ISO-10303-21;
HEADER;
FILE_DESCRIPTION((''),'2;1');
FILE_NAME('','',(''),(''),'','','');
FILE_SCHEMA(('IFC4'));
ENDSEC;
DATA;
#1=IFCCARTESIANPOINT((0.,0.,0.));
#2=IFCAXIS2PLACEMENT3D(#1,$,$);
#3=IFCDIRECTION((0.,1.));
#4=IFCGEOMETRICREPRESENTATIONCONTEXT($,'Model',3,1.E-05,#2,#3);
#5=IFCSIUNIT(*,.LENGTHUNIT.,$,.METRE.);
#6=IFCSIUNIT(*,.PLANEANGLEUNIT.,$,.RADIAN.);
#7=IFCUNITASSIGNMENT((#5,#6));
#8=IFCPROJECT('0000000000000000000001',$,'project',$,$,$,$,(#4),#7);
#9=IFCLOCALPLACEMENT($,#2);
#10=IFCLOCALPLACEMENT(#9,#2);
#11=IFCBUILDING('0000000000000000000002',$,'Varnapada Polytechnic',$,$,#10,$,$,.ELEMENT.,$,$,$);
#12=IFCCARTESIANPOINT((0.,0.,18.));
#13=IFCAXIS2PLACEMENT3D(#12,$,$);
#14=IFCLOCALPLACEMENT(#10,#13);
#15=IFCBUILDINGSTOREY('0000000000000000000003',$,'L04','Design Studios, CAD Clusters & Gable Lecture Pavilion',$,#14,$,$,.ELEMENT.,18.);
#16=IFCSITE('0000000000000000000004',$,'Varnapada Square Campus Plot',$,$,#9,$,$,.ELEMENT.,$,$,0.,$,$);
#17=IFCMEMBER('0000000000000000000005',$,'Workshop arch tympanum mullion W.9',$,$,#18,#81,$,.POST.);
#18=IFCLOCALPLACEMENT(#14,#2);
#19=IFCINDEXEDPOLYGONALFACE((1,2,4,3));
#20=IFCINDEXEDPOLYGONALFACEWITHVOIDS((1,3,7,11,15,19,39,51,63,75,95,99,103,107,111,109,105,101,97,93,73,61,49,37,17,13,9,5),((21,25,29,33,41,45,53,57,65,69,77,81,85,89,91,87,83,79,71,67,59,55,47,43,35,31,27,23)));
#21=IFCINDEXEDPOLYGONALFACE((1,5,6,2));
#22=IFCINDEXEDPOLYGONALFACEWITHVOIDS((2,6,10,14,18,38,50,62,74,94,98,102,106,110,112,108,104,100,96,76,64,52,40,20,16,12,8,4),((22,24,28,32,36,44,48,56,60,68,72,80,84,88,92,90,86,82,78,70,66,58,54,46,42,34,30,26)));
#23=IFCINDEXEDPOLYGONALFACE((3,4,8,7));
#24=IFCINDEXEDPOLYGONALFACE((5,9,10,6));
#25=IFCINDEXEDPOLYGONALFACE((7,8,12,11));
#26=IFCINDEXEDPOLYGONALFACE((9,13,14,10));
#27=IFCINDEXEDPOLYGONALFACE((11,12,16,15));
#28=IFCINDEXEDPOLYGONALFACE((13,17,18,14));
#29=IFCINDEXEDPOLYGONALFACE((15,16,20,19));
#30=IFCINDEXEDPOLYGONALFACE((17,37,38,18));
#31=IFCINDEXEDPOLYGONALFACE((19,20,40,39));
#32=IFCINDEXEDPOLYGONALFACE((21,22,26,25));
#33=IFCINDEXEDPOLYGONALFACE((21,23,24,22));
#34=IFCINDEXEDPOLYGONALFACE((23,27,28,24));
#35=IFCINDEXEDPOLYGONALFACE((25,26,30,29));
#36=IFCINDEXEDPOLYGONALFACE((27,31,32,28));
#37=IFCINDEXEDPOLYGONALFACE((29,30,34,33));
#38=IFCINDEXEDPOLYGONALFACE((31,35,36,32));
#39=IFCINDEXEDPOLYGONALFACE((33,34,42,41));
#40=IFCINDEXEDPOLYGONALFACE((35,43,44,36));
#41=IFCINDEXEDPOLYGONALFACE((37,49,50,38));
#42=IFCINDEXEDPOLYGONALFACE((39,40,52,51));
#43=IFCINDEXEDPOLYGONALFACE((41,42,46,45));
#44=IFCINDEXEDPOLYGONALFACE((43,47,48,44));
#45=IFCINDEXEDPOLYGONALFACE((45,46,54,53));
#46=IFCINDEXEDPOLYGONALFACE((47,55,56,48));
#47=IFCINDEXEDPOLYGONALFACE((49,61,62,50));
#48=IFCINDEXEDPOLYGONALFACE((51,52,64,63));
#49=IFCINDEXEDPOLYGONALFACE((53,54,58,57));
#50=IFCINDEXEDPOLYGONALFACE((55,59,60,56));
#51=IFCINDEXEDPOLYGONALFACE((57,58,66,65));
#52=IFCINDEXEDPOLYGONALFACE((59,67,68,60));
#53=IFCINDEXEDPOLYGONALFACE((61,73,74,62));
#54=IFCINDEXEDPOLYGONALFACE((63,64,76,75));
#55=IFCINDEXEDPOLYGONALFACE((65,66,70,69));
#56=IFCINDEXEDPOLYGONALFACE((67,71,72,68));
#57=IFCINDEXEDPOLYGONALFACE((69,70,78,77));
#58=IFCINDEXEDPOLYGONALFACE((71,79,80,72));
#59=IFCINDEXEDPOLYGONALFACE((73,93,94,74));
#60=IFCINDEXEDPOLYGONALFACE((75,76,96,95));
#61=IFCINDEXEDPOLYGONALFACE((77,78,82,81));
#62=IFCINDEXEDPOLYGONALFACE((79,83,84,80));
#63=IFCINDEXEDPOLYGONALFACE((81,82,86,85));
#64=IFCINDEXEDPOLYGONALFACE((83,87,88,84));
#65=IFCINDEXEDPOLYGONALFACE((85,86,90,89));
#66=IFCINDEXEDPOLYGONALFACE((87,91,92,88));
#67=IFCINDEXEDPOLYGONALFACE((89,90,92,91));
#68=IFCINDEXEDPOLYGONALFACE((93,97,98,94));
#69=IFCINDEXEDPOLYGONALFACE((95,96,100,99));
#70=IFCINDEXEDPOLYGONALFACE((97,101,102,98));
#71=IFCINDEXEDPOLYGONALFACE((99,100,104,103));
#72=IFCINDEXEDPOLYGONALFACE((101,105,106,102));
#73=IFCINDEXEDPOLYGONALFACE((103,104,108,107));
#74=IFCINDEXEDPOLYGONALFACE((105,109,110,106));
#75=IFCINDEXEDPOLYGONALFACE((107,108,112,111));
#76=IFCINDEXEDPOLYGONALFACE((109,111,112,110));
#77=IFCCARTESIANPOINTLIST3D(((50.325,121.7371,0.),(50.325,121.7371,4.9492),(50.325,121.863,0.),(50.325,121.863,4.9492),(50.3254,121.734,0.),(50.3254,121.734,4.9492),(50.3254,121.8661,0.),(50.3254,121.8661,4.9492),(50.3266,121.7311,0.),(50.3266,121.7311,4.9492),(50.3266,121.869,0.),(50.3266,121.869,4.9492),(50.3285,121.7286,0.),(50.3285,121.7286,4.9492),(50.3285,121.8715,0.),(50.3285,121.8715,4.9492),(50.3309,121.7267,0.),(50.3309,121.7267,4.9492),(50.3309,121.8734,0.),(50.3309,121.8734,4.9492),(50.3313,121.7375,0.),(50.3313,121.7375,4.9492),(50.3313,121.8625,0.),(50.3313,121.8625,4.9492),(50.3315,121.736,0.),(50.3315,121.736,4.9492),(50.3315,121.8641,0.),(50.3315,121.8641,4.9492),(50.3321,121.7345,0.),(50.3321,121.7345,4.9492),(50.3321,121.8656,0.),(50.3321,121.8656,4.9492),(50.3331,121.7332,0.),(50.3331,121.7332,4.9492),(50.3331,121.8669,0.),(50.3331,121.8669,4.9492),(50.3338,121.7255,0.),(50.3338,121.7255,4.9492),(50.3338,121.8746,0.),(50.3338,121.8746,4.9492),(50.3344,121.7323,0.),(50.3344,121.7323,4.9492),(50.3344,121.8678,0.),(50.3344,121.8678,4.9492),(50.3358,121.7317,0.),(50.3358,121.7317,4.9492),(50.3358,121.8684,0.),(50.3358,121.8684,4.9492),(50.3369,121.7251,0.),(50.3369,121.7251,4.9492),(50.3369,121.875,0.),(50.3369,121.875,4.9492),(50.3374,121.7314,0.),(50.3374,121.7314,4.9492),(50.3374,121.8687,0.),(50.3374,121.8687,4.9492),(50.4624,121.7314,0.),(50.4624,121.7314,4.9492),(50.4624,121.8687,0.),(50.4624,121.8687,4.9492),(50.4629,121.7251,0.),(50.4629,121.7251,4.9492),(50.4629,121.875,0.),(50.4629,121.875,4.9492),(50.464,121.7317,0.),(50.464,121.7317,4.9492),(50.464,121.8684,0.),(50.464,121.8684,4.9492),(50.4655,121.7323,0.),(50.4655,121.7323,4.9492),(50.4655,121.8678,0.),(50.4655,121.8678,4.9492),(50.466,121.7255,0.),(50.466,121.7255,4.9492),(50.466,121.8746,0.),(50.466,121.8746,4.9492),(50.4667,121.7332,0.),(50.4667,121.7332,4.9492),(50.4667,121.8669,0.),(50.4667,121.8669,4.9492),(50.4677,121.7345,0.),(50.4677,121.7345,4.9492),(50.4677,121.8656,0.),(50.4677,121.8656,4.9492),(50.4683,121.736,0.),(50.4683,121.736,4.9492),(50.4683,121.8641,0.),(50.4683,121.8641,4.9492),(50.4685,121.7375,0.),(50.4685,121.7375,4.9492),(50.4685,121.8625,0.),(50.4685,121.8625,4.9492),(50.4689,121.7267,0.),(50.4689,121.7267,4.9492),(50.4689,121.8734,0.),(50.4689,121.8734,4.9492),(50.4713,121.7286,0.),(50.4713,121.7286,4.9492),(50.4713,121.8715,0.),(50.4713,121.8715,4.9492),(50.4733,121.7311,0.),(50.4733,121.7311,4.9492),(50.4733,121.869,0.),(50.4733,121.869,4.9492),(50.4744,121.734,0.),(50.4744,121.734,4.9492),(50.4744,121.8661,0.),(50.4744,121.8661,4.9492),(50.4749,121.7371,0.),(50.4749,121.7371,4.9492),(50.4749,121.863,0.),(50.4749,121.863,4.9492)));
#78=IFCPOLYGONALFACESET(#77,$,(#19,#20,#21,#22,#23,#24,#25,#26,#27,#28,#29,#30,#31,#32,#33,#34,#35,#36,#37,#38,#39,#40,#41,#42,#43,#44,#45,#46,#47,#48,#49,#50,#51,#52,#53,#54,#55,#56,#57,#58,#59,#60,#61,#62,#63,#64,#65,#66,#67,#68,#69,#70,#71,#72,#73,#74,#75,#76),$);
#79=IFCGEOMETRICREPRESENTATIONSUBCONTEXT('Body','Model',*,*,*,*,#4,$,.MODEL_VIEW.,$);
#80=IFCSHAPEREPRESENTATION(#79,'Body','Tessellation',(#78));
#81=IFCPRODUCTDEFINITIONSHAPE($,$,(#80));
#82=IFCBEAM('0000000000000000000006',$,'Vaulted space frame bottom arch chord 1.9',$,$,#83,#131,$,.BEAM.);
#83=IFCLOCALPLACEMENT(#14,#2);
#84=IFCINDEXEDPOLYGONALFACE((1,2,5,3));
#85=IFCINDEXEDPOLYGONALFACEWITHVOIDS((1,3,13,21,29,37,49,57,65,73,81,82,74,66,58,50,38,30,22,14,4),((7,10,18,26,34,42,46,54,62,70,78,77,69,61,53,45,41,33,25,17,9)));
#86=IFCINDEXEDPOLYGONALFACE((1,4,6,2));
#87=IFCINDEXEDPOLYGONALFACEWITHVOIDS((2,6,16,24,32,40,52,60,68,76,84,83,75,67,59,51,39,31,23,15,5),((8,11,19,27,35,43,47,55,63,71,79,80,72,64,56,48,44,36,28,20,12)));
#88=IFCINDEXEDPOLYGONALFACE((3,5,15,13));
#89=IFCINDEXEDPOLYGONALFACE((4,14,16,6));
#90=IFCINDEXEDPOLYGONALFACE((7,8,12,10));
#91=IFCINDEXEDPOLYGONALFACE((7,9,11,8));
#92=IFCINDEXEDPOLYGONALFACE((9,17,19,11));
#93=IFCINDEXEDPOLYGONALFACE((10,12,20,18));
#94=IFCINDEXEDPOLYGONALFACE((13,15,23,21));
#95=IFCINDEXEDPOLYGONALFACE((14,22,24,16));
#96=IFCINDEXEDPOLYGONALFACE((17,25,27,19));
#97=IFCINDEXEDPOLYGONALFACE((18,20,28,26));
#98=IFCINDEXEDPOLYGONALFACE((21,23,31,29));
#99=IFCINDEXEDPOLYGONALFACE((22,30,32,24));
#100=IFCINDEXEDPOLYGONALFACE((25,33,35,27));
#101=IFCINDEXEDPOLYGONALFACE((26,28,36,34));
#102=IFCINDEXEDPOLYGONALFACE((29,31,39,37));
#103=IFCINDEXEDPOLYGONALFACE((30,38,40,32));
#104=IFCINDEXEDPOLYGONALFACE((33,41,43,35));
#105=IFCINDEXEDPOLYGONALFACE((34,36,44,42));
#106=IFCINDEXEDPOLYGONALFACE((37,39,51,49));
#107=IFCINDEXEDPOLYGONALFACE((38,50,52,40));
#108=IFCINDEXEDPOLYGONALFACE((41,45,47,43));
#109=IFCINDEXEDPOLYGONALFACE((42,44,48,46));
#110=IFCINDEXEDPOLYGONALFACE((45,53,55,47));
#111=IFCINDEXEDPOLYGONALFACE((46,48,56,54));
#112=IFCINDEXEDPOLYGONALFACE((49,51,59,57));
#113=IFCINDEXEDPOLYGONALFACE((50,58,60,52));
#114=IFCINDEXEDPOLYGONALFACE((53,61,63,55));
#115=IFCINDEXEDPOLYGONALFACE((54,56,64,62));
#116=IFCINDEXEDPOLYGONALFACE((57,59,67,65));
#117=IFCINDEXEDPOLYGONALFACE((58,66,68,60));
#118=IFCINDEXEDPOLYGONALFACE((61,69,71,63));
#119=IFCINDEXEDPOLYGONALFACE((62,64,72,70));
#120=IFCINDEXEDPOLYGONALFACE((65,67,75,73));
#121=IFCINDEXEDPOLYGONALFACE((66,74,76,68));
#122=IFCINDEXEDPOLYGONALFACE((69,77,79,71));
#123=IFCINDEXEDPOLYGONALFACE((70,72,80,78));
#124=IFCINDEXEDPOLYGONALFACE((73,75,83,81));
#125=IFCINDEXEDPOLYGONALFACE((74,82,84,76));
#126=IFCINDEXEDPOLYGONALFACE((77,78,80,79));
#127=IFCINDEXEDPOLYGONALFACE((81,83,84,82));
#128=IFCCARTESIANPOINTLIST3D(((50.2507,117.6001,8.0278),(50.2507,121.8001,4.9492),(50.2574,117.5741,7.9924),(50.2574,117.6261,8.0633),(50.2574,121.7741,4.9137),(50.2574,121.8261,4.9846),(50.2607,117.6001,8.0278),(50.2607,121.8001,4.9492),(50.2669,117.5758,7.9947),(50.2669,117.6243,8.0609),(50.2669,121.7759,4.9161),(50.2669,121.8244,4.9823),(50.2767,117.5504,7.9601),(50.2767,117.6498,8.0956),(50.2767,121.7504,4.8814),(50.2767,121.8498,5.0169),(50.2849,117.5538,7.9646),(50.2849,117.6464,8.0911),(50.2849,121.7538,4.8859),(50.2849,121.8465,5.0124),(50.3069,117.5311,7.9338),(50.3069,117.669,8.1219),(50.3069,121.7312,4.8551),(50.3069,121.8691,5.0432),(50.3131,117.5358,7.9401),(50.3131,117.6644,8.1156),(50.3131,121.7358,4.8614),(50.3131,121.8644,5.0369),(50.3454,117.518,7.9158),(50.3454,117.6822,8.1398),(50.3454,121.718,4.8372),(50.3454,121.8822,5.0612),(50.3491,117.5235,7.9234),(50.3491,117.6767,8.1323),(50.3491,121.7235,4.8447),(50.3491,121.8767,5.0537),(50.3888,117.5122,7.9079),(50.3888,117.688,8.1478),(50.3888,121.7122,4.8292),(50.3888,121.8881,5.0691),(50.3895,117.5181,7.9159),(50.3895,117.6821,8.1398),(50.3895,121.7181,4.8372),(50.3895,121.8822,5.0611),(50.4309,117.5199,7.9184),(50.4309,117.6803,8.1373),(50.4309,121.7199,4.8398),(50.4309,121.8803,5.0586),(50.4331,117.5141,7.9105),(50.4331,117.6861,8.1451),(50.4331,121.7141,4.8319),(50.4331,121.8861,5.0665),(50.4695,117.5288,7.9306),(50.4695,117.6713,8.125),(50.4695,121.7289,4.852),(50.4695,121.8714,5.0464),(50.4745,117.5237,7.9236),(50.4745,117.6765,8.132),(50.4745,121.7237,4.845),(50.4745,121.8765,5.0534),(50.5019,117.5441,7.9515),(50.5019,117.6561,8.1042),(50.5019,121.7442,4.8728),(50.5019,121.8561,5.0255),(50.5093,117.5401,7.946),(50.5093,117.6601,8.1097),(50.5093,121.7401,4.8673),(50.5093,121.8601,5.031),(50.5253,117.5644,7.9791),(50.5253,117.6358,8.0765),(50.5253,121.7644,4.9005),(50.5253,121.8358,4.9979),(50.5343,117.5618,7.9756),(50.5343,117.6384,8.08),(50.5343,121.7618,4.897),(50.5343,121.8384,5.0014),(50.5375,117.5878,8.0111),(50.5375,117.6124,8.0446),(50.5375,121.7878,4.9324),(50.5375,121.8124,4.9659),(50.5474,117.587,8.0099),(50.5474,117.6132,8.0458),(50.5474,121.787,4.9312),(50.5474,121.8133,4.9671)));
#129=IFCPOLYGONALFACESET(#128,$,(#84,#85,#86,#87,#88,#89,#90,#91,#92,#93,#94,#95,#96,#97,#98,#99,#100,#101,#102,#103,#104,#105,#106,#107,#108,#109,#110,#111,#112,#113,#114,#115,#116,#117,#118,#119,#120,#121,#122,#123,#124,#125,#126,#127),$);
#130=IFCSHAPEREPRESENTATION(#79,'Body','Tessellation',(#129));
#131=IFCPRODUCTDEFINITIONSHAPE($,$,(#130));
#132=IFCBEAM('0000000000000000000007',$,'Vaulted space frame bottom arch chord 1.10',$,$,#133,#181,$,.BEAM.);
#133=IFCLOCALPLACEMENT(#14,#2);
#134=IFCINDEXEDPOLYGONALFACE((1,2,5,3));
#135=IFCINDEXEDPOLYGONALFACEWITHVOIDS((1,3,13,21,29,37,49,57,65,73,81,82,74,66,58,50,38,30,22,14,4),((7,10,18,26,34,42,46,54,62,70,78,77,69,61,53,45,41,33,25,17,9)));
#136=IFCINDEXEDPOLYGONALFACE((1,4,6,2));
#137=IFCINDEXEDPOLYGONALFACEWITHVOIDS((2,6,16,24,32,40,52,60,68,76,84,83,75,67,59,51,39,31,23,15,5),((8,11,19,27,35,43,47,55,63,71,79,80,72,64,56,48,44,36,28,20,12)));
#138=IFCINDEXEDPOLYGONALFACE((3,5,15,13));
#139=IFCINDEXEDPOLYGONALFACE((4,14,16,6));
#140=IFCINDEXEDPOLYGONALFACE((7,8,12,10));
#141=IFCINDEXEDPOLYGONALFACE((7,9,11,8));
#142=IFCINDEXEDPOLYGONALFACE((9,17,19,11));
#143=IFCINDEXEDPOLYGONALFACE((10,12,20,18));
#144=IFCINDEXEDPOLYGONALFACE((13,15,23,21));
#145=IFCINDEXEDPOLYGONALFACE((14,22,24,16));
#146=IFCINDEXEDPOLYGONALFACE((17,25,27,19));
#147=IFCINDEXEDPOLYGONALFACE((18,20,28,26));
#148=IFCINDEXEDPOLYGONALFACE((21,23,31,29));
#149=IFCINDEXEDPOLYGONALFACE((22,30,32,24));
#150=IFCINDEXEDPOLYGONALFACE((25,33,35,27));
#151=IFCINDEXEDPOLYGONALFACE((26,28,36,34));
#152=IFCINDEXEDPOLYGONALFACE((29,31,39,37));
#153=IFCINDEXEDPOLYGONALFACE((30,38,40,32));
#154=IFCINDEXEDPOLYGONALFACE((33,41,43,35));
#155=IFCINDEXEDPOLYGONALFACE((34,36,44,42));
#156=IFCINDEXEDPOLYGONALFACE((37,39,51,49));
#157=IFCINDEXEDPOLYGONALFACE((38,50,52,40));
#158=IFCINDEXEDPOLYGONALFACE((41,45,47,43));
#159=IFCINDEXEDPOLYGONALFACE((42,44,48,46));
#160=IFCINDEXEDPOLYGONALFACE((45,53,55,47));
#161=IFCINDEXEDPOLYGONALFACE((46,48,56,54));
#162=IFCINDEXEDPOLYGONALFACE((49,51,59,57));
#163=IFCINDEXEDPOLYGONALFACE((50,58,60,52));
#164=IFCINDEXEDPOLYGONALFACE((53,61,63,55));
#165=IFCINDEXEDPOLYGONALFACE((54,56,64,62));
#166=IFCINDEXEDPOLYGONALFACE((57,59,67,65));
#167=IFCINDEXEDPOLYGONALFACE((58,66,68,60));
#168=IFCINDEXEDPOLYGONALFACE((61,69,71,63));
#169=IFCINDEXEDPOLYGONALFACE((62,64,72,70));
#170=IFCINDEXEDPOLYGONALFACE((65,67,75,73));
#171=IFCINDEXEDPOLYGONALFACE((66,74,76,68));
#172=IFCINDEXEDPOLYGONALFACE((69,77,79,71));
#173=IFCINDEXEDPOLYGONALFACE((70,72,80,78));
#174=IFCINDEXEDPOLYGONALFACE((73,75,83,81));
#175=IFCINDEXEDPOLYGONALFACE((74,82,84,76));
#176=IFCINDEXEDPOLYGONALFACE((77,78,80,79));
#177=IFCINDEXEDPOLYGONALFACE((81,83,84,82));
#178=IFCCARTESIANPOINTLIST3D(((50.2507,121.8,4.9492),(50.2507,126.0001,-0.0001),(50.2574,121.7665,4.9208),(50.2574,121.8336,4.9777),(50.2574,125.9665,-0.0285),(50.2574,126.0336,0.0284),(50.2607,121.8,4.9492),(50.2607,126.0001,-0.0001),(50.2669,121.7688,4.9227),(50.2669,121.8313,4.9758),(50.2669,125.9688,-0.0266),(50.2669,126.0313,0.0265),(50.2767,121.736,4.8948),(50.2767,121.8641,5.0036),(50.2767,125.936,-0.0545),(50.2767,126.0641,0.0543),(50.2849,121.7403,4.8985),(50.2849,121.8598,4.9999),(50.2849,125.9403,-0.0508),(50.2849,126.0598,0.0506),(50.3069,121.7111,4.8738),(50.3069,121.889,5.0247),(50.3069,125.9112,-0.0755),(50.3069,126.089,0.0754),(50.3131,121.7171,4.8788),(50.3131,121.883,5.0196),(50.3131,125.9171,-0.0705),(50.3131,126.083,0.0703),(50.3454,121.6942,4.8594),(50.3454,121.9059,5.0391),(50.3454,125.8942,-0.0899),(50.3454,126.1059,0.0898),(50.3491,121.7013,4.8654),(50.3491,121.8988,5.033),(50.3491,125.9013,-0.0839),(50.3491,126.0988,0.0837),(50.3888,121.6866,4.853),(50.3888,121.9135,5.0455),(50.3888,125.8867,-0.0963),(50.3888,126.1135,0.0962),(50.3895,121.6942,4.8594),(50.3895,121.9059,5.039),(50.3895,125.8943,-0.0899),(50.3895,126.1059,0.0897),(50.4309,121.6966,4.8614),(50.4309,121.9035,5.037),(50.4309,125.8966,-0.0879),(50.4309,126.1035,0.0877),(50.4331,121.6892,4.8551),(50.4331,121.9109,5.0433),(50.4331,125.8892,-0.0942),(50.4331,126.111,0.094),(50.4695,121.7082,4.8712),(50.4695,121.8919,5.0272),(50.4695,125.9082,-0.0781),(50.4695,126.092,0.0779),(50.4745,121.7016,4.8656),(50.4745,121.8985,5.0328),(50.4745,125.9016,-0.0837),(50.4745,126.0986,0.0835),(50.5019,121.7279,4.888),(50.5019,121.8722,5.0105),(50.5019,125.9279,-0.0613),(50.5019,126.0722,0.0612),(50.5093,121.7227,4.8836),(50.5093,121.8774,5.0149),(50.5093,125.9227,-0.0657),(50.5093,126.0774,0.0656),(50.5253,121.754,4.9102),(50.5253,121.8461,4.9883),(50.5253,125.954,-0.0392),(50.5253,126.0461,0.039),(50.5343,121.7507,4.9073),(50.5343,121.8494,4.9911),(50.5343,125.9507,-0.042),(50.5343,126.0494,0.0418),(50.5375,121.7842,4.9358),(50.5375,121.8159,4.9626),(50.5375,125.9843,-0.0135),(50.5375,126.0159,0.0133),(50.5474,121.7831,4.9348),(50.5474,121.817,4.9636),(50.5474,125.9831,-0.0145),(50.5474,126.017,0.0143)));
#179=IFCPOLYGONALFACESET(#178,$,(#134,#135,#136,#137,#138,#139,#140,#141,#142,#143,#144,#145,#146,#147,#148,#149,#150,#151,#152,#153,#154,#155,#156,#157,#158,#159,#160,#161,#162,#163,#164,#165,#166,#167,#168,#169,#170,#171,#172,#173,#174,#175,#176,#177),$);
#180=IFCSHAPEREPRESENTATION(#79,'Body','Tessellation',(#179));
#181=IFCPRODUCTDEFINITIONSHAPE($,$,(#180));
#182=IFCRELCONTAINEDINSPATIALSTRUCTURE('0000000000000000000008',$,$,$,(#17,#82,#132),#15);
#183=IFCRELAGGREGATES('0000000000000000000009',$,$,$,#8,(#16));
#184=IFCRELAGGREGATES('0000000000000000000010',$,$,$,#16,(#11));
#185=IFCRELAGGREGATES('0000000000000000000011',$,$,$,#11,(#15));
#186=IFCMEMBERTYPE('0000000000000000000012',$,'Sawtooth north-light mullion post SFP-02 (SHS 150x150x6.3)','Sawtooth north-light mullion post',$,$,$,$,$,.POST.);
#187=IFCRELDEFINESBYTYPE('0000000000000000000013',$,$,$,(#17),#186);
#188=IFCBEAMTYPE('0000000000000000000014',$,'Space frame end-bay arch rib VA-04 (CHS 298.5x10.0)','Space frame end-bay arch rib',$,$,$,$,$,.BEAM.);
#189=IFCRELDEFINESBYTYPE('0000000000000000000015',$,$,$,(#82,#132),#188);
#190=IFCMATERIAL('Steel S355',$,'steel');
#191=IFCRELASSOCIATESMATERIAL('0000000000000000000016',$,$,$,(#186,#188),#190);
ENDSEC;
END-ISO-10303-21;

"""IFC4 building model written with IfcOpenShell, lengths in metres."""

from ifc_helpers import new_model, si_unit, direction, frame, origin, origin_2d, place, context, subcontext, project, spatial, hollow_rectangle, hollow_circle, extrude, material, material_profile, profile_set, type_object, element, save


model = new_model("IFC4")

# Units and contexts
model_context = context("Model", 3, precision=1e-05, world=origin(), true_north=direction((0.0, 1.0)))
body_context = subcontext(model_context, "Body", "Model", "MODEL_VIEW")
ifc_project = project(units=[si_unit("LENGTHUNIT", "METRE"), si_unit("PLANEANGLEUNIT", "RADIAN")], contexts=[model_context])

# Site, building, storey
site_placement = place(None, origin())
site = spatial("IfcSite", under=ifc_project, at=site_placement, Name="Varnapada Square Campus Plot", CompositionType="ELEMENT", RefElevation=0.0)
building_placement = place(site_placement, origin())
building = spatial("IfcBuilding", under=site, at=building_placement, Name="Varnapada Polytechnic", CompositionType="ELEMENT")
storey_placement = place(building_placement, frame((0.0, 0.0, 18.0)))
storey = spatial("IfcBuildingStorey", under=building, at=storey_placement, Name="L04", Description="Design Studios, CAD Clusters & Gable Lecture Pavilion", CompositionType="ELEMENT", Elevation=18.0)

# Shared definitions
ifc_material = material(Name="Steel S355", Category="steel")

# Member
ifc_material_profile_1 = material_profile(ifc_material, hollow_rectangle(XDim=0.1499, YDim=0.1499, WallThickness=0.0063, InnerFilletRadius=0.0061, OuterFilletRadius=0.012, at=origin_2d()), Name="SHS 150x150x6.3")
ifc_profile_set_1 = profile_set([ifc_material_profile_1], Name="Steel S355")
member_type_1 = type_object("IfcMemberType", Name="Sawtooth north-light mullion post SFP-02 (SHS 150x150x6.3)", Description="Sawtooth north-light mullion post", PredefinedType="POST", material=ifc_profile_set_1)
member_1_placement = place(storey_placement, frame((50.3999, 121.8, 0.0), z_axis=(0.0, 0.0, 1.0), x_axis=(1.0, 0.0, 0.0)))
element("IfcMember", 1, at=member_1_placement, inside=storey, type_object=member_type_1, Name="Workshop arch tympanum mullion W.9", PredefinedType="POST", context=body_context, shape_type="SweptSolid", body=[
    extrude(hollow_rectangle(XDim=0.1499, YDim=0.1499, WallThickness=0.0063, InnerFilletRadius=0.0061, OuterFilletRadius=0.012, at=origin_2d()), origin(), (0.0, 0.0, 1.0), 4.9492),
])

# Beams
ifc_material_profile_2 = material_profile(ifc_material, hollow_circle(Radius=0.1492, WallThickness=0.01, at=origin_2d()), Name="CHS 298.5x10.0")
ifc_profile_set_2 = profile_set([ifc_material_profile_2], Name="Steel S355")
beam_type_1 = type_object("IfcBeamType", Name="Space frame end-bay arch rib VA-04 (CHS 298.5x10.0)", Description="Space frame end-bay arch rib", PredefinedType="BEAM", material=ifc_profile_set_2)
beam_1_placement = place(storey_placement, frame((50.3999, 117.6001, 8.0278), z_axis=(0.0, 0.806529, -0.591195), x_axis=(-1.0, 0.0, 0.0)))
element("IfcBeam", 2, at=beam_1_placement, inside=storey, type_object=beam_type_1, Name="Vaulted space frame bottom arch chord 1.9", PredefinedType="BEAM", context=body_context, shape_type="SweptSolid", body=[
    extrude(hollow_circle(Radius=0.1492, WallThickness=0.01, at=origin_2d()), origin(), (0.0, 0.0, 1.0), 5.2075),
])
beam_2_placement = place(storey_placement, frame((50.3999, 121.8, 4.9492), z_axis=(0.0, 0.647032, -0.762462), x_axis=(-1.0, 0.0, 0.0)))
element("IfcBeam", 3, at=beam_2_placement, inside=storey, type_object=beam_type_1, Name="Vaulted space frame bottom arch chord 1.10", PredefinedType="BEAM", context=body_context, shape_type="SweptSolid", body=[
    extrude(hollow_circle(Radius=0.1492, WallThickness=0.01, at=origin_2d()), origin(), (0.0, 0.0, 1.0), 6.4912),
])

save(model, "model.ifc")
